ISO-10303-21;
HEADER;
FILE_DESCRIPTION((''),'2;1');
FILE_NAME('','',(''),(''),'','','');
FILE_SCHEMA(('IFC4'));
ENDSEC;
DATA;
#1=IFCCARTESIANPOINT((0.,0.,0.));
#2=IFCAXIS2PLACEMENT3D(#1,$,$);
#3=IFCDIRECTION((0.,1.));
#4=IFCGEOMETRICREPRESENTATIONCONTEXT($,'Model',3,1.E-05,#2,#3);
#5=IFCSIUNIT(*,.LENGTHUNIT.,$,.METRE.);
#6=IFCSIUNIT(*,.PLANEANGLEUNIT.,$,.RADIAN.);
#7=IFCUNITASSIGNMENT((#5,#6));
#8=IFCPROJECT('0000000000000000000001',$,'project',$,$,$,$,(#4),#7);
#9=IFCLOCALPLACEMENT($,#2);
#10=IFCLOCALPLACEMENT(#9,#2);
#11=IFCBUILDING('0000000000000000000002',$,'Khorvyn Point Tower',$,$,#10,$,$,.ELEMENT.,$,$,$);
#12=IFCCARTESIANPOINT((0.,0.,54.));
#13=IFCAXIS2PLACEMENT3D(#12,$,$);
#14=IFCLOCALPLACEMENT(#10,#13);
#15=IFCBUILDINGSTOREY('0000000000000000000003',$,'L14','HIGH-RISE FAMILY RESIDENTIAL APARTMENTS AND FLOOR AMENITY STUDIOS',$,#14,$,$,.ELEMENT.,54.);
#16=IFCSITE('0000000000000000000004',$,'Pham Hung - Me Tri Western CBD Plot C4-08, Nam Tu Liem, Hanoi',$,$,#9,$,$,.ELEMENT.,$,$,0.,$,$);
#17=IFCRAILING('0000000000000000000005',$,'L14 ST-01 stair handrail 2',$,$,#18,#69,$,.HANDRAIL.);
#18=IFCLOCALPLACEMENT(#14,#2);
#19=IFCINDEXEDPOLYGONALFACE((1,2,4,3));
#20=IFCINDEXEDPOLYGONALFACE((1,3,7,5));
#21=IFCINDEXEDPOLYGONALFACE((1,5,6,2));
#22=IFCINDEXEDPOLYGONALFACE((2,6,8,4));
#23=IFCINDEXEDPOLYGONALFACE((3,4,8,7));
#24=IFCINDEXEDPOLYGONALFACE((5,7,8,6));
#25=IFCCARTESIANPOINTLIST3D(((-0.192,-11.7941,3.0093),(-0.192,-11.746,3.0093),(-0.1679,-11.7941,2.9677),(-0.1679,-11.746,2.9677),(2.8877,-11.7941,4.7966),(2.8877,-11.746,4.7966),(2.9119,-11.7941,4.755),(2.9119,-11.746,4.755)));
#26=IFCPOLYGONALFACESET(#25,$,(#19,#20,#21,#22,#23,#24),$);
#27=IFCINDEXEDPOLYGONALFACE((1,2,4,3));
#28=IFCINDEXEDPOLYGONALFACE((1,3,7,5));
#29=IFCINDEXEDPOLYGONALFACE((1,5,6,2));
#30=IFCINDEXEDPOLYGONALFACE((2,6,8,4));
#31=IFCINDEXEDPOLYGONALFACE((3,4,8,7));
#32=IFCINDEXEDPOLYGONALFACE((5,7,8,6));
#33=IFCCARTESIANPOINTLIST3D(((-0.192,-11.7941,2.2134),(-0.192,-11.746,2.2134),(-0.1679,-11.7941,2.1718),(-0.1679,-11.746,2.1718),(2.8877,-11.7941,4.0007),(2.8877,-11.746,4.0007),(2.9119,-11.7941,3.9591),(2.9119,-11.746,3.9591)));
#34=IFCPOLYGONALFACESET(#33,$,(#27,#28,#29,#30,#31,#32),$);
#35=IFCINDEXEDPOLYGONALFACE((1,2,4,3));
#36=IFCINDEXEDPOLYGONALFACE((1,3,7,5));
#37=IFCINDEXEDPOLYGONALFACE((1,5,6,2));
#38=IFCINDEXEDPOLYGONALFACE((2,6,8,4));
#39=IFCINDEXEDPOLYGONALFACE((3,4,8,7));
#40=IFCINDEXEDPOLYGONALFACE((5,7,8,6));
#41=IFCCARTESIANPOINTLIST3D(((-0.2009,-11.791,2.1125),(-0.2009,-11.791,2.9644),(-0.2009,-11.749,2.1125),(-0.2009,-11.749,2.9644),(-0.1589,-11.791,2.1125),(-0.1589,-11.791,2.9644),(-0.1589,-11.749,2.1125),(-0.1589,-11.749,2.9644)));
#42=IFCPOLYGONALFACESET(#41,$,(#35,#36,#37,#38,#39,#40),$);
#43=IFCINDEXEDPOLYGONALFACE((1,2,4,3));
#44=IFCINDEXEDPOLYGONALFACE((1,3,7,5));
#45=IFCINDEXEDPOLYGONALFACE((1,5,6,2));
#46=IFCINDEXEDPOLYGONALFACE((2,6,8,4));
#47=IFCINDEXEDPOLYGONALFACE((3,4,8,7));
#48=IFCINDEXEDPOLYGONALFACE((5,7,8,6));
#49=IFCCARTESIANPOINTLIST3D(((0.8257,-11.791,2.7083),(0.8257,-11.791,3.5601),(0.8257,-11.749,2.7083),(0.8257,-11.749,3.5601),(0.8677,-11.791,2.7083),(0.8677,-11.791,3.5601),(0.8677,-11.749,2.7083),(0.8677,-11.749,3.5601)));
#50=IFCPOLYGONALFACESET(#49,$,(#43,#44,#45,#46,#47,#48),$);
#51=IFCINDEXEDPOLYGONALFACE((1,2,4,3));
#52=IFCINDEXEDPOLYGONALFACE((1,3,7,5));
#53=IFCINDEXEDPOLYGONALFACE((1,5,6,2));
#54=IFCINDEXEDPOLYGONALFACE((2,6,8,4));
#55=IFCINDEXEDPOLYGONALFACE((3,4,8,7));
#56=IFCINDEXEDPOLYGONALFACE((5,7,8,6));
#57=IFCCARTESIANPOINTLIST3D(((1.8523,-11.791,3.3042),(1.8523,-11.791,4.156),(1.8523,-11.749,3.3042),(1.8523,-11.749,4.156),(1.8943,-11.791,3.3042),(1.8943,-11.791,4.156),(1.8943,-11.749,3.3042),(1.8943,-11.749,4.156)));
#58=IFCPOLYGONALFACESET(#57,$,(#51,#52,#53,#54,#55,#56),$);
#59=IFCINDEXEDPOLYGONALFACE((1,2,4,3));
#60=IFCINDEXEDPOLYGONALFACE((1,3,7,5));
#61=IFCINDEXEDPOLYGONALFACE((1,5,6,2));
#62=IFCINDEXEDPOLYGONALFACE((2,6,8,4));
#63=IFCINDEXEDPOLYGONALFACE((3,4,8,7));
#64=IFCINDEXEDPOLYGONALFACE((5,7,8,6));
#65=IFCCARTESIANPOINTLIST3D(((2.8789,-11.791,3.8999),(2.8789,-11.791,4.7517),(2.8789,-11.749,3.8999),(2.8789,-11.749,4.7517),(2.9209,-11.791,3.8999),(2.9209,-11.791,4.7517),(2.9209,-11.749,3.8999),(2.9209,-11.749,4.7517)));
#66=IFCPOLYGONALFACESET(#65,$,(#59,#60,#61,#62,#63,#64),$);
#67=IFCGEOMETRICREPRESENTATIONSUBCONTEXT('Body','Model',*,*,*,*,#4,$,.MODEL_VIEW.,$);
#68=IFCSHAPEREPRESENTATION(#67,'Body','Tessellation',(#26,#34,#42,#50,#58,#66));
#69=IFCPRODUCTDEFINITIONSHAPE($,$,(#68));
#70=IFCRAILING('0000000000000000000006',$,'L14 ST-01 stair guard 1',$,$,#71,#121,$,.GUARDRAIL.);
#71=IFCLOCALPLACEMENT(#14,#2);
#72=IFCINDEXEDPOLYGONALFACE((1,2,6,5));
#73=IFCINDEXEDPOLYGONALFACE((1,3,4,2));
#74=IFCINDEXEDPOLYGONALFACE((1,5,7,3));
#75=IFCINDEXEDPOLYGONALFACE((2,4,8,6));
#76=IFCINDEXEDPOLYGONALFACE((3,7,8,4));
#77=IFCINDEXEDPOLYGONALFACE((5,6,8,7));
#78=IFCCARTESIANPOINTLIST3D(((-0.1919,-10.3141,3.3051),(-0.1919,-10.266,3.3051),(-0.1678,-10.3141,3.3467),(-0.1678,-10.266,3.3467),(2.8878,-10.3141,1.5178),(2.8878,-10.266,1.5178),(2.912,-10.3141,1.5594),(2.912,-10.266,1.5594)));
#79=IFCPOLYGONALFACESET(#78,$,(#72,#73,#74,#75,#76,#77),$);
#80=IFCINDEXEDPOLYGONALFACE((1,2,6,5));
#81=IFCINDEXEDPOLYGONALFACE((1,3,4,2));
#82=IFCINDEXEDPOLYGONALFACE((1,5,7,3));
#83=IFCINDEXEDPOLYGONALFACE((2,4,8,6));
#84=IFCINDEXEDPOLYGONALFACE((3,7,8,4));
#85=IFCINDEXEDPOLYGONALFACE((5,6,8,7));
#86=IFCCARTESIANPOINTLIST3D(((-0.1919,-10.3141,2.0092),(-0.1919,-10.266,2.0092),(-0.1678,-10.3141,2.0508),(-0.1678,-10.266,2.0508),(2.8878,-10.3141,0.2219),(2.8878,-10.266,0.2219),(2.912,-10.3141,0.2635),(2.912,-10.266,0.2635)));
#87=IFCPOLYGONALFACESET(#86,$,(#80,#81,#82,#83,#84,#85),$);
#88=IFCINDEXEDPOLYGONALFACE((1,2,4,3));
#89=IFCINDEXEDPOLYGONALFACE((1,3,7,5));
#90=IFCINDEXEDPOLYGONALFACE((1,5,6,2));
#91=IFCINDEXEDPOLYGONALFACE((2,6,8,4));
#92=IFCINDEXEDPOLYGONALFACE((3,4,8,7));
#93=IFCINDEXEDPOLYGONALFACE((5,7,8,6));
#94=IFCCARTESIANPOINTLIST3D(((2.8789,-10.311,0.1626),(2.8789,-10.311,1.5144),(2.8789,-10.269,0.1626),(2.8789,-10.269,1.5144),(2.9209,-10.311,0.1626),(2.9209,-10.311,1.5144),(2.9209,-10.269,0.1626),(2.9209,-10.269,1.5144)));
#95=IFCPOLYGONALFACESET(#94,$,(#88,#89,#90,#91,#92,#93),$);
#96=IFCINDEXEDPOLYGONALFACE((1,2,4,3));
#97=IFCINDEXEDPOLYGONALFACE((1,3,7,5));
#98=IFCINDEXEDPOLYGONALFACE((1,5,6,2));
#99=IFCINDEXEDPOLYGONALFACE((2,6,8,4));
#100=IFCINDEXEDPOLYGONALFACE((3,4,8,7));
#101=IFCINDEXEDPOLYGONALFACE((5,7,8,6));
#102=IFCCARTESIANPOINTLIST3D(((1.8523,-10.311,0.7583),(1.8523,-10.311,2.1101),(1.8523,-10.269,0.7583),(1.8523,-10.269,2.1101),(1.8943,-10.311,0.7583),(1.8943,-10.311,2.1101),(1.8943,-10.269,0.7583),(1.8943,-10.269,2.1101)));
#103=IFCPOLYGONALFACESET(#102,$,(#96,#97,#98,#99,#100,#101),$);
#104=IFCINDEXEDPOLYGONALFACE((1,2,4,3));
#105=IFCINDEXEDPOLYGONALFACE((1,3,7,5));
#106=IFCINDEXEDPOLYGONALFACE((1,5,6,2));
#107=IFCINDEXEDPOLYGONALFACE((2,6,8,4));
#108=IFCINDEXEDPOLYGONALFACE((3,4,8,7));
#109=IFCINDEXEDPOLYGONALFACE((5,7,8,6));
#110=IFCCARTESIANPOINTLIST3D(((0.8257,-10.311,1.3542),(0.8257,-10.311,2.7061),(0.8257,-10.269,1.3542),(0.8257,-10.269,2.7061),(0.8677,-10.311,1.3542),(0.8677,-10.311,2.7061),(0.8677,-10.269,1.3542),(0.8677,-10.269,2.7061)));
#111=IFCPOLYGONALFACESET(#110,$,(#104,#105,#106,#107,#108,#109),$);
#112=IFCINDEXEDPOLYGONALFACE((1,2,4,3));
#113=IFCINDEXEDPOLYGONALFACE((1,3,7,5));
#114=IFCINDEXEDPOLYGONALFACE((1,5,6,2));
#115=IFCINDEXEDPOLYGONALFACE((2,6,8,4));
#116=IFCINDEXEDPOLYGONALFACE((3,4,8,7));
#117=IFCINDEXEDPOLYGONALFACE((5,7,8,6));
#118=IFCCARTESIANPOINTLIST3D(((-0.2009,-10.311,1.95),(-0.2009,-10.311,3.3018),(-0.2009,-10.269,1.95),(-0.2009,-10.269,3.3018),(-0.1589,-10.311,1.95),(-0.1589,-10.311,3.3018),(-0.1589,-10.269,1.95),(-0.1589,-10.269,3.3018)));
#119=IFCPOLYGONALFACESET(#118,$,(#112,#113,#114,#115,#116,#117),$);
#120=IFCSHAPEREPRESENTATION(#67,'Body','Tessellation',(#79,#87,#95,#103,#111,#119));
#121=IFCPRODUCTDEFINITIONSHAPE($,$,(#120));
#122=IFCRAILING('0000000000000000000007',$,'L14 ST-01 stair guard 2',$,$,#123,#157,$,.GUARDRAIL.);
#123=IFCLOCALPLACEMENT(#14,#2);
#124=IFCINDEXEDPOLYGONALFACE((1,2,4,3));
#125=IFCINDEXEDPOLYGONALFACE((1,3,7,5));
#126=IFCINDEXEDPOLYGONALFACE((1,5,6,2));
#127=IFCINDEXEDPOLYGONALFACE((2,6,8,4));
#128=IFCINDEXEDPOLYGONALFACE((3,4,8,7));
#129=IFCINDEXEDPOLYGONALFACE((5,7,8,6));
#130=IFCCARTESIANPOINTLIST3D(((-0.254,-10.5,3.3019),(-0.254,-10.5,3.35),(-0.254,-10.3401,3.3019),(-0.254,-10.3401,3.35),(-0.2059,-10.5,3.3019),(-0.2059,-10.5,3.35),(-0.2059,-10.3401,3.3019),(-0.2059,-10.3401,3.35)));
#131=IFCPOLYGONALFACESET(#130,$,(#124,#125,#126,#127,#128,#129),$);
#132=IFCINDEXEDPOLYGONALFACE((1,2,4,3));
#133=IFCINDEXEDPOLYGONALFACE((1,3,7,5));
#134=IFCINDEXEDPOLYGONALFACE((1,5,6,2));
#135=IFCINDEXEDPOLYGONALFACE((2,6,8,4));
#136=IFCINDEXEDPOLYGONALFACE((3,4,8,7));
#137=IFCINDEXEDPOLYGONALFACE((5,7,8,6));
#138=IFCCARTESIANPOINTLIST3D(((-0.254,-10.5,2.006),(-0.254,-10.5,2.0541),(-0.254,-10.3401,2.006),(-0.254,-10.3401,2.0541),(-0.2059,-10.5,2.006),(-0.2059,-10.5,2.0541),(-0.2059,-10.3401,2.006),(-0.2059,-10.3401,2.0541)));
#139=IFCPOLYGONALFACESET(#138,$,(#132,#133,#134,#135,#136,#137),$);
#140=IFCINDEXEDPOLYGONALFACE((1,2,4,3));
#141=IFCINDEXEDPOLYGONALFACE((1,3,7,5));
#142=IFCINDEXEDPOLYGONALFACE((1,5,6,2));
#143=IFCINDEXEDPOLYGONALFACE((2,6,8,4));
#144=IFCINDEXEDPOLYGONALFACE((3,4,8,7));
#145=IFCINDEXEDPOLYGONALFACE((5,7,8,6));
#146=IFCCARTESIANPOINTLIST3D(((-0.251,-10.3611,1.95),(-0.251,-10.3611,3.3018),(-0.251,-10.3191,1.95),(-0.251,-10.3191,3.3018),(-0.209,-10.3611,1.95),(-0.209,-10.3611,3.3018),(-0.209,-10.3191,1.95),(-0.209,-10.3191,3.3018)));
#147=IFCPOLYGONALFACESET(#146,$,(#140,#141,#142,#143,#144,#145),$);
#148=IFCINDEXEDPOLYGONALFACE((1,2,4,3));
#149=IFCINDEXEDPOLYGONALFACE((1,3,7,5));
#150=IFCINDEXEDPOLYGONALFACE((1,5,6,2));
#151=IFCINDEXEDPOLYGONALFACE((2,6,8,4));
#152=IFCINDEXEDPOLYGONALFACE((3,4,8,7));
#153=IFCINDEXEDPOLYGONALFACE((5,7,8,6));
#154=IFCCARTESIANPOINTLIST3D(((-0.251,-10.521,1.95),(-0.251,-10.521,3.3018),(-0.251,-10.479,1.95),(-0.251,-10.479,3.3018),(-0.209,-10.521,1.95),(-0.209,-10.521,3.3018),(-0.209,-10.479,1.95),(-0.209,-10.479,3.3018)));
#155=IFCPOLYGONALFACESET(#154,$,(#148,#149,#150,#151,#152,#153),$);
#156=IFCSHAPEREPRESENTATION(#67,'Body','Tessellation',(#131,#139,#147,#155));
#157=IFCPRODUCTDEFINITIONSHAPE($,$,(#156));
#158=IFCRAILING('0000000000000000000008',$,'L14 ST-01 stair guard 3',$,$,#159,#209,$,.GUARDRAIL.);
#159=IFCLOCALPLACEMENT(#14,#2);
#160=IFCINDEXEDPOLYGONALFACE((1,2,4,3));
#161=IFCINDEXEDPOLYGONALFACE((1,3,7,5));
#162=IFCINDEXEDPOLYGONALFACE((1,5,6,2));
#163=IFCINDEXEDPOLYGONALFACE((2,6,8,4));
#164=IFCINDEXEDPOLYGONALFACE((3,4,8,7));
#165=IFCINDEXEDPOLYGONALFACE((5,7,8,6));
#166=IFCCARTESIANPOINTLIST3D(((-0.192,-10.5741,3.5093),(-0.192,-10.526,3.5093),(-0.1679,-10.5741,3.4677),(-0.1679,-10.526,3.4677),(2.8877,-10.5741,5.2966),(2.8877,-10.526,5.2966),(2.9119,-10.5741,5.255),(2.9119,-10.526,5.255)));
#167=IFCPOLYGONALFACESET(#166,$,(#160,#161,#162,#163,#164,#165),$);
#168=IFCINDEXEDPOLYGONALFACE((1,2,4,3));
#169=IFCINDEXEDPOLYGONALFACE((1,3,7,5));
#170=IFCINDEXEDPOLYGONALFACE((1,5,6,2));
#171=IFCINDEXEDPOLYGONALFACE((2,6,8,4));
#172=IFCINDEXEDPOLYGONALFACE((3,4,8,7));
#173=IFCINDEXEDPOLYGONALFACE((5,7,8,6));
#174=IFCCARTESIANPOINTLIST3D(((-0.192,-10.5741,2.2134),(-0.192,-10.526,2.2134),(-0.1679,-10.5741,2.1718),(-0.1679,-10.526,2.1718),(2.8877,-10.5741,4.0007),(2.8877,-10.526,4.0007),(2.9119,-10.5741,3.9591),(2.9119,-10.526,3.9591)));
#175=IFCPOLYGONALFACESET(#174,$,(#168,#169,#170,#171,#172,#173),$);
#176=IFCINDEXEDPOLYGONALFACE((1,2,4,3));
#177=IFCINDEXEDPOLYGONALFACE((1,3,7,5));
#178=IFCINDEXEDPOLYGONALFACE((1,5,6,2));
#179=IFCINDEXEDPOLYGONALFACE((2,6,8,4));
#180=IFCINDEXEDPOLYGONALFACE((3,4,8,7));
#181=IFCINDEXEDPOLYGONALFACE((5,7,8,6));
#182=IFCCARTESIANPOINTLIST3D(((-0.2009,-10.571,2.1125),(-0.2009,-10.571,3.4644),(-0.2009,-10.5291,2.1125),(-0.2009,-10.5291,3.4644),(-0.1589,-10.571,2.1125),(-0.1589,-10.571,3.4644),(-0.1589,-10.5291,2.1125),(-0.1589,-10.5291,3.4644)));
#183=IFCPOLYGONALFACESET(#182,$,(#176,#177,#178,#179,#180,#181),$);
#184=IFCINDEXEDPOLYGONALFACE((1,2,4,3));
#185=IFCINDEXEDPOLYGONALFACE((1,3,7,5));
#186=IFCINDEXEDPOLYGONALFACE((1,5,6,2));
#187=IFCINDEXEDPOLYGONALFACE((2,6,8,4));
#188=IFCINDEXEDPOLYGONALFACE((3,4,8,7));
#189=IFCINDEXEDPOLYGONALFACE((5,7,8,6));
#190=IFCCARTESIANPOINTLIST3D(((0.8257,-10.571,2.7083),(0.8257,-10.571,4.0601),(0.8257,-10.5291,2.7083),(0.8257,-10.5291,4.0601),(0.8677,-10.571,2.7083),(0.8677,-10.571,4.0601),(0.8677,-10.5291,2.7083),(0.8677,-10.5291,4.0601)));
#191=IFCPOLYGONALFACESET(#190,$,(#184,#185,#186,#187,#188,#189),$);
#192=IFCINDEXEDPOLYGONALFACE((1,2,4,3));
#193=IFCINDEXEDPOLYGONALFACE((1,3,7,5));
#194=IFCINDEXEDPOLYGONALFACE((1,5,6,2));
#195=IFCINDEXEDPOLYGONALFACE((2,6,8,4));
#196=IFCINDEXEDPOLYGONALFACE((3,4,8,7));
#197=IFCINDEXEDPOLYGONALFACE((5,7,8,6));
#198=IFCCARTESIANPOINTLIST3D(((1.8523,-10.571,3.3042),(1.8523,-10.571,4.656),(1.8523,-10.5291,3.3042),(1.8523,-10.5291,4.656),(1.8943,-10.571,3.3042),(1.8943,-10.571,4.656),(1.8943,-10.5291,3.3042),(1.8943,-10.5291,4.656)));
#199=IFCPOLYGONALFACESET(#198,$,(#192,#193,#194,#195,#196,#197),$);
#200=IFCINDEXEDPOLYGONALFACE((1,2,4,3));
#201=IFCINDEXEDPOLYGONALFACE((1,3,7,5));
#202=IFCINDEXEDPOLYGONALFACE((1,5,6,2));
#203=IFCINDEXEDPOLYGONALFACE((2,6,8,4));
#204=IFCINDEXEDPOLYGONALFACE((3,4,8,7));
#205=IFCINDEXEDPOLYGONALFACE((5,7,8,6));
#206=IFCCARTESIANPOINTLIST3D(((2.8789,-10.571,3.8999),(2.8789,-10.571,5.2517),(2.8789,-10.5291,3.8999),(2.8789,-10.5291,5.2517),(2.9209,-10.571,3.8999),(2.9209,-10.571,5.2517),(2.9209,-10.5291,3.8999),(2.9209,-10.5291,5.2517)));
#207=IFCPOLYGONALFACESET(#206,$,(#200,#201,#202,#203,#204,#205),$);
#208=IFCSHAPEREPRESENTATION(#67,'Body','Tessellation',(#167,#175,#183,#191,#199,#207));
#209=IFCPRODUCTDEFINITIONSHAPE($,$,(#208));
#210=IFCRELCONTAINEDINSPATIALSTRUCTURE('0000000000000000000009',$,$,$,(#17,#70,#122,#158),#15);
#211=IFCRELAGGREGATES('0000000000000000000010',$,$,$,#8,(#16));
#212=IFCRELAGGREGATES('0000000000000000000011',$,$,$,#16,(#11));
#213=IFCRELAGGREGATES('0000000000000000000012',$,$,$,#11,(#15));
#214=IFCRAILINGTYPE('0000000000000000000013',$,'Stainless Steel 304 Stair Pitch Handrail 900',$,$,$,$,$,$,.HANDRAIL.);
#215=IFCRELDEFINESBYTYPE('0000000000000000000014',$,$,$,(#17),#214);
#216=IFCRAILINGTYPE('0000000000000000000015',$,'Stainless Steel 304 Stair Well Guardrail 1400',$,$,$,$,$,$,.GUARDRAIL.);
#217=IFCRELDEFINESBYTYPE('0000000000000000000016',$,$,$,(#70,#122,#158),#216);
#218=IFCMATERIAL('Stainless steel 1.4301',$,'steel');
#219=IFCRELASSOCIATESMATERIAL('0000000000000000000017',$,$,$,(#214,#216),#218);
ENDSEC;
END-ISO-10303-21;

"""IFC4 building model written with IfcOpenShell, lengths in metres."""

from ifc_helpers import new_model, si_unit, direction, frame, origin, origin_2d, place, context, subcontext, project, spatial, rectangle, extrude, material, type_object, element, save


model = new_model("IFC4")

# Units and contexts
model_context = context("Model", 3, precision=1e-05, world=origin(), true_north=direction((0.0, 1.0)))
body_context = subcontext(model_context, "Body", "Model", "MODEL_VIEW")
ifc_project = project(units=[si_unit("LENGTHUNIT", "METRE"), si_unit("PLANEANGLEUNIT", "RADIAN")], contexts=[model_context])

# Site, building, storey
site_placement = place(None, origin())
site = spatial("IfcSite", under=ifc_project, at=site_placement, Name="Pham Hung - Me Tri Western CBD Plot C4-08, Nam Tu Liem, Hanoi", CompositionType="ELEMENT", RefElevation=0.0)
building_placement = place(site_placement, origin())
building = spatial("IfcBuilding", under=site, at=building_placement, Name="Khorvyn Point Tower", CompositionType="ELEMENT")
storey_placement = place(building_placement, frame((0.0, 0.0, 54.0)))
storey = spatial("IfcBuildingStorey", under=building, at=storey_placement, Name="L14", Description="HIGH-RISE FAMILY RESIDENTIAL APARTMENTS AND FLOOR AMENITY STUDIOS", CompositionType="ELEMENT", Elevation=54.0)

# Shared definitions
ifc_material_1 = material(Name="Stainless steel 1.4301", Category="steel")

# Railings
railing_type_1 = type_object("IfcRailingType", Name="Stainless Steel 304 Stair Pitch Handrail 900", PredefinedType="HANDRAIL", material=ifc_material_1)
railing_1_placement = place(storey_placement, frame((-0.1799, -11.77, 2.1125)))
element("IfcRailing", 1, at=railing_1_placement, inside=storey, type_object=railing_type_1, Name="L14 ST-01 stair handrail 2", PredefinedType="HANDRAIL", context=body_context, shape_type="SweptSolid", body=[
    extrude(rectangle(XDim=0.0481, YDim=0.0481, at=origin_2d()), frame((0.0, 0.0, 0.876), z_axis=(0.864903, 0.0, 0.501939), x_axis=(0.0, 1.0, 0.0)), (0.0, 0.0, 1.0), 3.5608),
    extrude(rectangle(XDim=0.0481, YDim=0.0481, at=origin_2d()), frame((0.0, 0.0, 0.0801), z_axis=(0.864903, 0.0, 0.501939), x_axis=(0.0, 1.0, 0.0)), (0.0, 0.0, 1.0), 3.5608),
    extrude(rectangle(XDim=0.042, YDim=0.042, at=origin_2d()), origin(), (0.0, 0.0, 1.0), 0.8518),
    extrude(rectangle(XDim=0.042, YDim=0.042, at=origin_2d()), frame((1.0266, 0.0, 0.5957)), (0.0, 0.0, 1.0), 0.8518),
    extrude(rectangle(XDim=0.042, YDim=0.042, at=origin_2d()), frame((2.0532, 0.0, 1.1917)), (0.0, 0.0, 1.0), 0.8518),
    extrude(rectangle(XDim=0.042, YDim=0.042, at=origin_2d()), frame((3.0798, 0.0, 1.7874)), (0.0, 0.0, 1.0), 0.8518),
])
railing_type_2 = type_object("IfcRailingType", Name="Stainless Steel 304 Stair Well Guardrail 1400", PredefinedType="GUARDRAIL", material=ifc_material_1)
railing_2_placement = place(storey_placement, frame((2.8999, -10.29, 0.1626)))
element("IfcRailing", 2, at=railing_2_placement, inside=storey, type_object=railing_type_2, Name="L14 ST-01 stair guard 1", PredefinedType="GUARDRAIL", context=body_context, shape_type="SweptSolid", body=[
    extrude(rectangle(XDim=0.0481, YDim=0.0481, at=origin_2d()), frame((0.0, 0.0, 1.376), z_axis=(-0.864903, 0.0, 0.501939), x_axis=(0.0, -1.0, 0.0)), (0.0, 0.0, 1.0), 3.5608),
    extrude(rectangle(XDim=0.0481, YDim=0.0481, at=origin_2d()), frame((0.0, 0.0, 0.0801), z_axis=(-0.864903, 0.0, 0.501939), x_axis=(0.0, -1.0, 0.0)), (0.0, 0.0, 1.0), 3.5608),
    extrude(rectangle(XDim=0.042, YDim=0.042, at=origin_2d()), origin(), (0.0, 0.0, 1.0), 1.3518),
    extrude(rectangle(XDim=0.042, YDim=0.042, at=origin_2d()), frame((-1.0266, 0.0, 0.5957)), (0.0, 0.0, 1.0), 1.3518),
    extrude(rectangle(XDim=0.042, YDim=0.042, at=origin_2d()), frame((-2.0532, 0.0, 1.1917)), (0.0, 0.0, 1.0), 1.3518),
    extrude(rectangle(XDim=0.042, YDim=0.042, at=origin_2d()), frame((-3.0798, 0.0, 1.7874)), (0.0, 0.0, 1.0), 1.3518),
])
railing_3_placement = place(storey_placement, frame((-0.23, -10.3401, 1.95)))
element("IfcRailing", 3, at=railing_3_placement, inside=storey, type_object=railing_type_2, Name="L14 ST-01 stair guard 2", PredefinedType="GUARDRAIL", context=body_context, shape_type="SweptSolid", body=[
    extrude(rectangle(XDim=0.0481, YDim=0.0481, at=origin_2d()), frame((0.0, 0.0, 1.376), z_axis=(0.0, -1.0, 0.0), x_axis=(1.0, 0.0, 0.0)), (0.0, 0.0, 1.0), 0.1599),
    extrude(rectangle(XDim=0.0481, YDim=0.0481, at=origin_2d()), frame((0.0, 0.0, 0.0801), z_axis=(0.0, -1.0, 0.0), x_axis=(1.0, 0.0, 0.0)), (0.0, 0.0, 1.0), 0.1599),
    extrude(rectangle(XDim=0.042, YDim=0.042, at=origin_2d()), origin(), (0.0, 0.0, 1.0), 1.3518),
    extrude(rectangle(XDim=0.042, YDim=0.042, at=origin_2d()), frame((0.0, -0.1599, 0.0)), (0.0, 0.0, 1.0), 1.3518),
])
railing_4_placement = place(storey_placement, frame((-0.1799, -10.55, 2.1125)))
element("IfcRailing", 4, at=railing_4_placement, inside=storey, type_object=railing_type_2, Name="L14 ST-01 stair guard 3", PredefinedType="GUARDRAIL", context=body_context, shape_type="SweptSolid", body=[
    extrude(rectangle(XDim=0.0481, YDim=0.0481, at=origin_2d()), frame((0.0, 0.0, 1.376), z_axis=(0.864903, 0.0, 0.501939), x_axis=(0.0, 1.0, 0.0)), (0.0, 0.0, 1.0), 3.5608),
    extrude(rectangle(XDim=0.0481, YDim=0.0481, at=origin_2d()), frame((0.0, 0.0, 0.0801), z_axis=(0.864903, 0.0, 0.501939), x_axis=(0.0, 1.0, 0.0)), (0.0, 0.0, 1.0), 3.5608),
    extrude(rectangle(XDim=0.042, YDim=0.042, at=origin_2d()), origin(), (0.0, 0.0, 1.0), 1.3518),
    extrude(rectangle(XDim=0.042, YDim=0.042, at=origin_2d()), frame((1.0266, 0.0, 0.5957)), (0.0, 0.0, 1.0), 1.3518),
    extrude(rectangle(XDim=0.042, YDim=0.042, at=origin_2d()), frame((2.0532, 0.0, 1.1917)), (0.0, 0.0, 1.0), 1.3518),
    extrude(rectangle(XDim=0.042, YDim=0.042, at=origin_2d()), frame((3.0798, 0.0, 1.7874)), (0.0, 0.0, 1.0), 1.3518),
])

save(model, "model.ifc")
